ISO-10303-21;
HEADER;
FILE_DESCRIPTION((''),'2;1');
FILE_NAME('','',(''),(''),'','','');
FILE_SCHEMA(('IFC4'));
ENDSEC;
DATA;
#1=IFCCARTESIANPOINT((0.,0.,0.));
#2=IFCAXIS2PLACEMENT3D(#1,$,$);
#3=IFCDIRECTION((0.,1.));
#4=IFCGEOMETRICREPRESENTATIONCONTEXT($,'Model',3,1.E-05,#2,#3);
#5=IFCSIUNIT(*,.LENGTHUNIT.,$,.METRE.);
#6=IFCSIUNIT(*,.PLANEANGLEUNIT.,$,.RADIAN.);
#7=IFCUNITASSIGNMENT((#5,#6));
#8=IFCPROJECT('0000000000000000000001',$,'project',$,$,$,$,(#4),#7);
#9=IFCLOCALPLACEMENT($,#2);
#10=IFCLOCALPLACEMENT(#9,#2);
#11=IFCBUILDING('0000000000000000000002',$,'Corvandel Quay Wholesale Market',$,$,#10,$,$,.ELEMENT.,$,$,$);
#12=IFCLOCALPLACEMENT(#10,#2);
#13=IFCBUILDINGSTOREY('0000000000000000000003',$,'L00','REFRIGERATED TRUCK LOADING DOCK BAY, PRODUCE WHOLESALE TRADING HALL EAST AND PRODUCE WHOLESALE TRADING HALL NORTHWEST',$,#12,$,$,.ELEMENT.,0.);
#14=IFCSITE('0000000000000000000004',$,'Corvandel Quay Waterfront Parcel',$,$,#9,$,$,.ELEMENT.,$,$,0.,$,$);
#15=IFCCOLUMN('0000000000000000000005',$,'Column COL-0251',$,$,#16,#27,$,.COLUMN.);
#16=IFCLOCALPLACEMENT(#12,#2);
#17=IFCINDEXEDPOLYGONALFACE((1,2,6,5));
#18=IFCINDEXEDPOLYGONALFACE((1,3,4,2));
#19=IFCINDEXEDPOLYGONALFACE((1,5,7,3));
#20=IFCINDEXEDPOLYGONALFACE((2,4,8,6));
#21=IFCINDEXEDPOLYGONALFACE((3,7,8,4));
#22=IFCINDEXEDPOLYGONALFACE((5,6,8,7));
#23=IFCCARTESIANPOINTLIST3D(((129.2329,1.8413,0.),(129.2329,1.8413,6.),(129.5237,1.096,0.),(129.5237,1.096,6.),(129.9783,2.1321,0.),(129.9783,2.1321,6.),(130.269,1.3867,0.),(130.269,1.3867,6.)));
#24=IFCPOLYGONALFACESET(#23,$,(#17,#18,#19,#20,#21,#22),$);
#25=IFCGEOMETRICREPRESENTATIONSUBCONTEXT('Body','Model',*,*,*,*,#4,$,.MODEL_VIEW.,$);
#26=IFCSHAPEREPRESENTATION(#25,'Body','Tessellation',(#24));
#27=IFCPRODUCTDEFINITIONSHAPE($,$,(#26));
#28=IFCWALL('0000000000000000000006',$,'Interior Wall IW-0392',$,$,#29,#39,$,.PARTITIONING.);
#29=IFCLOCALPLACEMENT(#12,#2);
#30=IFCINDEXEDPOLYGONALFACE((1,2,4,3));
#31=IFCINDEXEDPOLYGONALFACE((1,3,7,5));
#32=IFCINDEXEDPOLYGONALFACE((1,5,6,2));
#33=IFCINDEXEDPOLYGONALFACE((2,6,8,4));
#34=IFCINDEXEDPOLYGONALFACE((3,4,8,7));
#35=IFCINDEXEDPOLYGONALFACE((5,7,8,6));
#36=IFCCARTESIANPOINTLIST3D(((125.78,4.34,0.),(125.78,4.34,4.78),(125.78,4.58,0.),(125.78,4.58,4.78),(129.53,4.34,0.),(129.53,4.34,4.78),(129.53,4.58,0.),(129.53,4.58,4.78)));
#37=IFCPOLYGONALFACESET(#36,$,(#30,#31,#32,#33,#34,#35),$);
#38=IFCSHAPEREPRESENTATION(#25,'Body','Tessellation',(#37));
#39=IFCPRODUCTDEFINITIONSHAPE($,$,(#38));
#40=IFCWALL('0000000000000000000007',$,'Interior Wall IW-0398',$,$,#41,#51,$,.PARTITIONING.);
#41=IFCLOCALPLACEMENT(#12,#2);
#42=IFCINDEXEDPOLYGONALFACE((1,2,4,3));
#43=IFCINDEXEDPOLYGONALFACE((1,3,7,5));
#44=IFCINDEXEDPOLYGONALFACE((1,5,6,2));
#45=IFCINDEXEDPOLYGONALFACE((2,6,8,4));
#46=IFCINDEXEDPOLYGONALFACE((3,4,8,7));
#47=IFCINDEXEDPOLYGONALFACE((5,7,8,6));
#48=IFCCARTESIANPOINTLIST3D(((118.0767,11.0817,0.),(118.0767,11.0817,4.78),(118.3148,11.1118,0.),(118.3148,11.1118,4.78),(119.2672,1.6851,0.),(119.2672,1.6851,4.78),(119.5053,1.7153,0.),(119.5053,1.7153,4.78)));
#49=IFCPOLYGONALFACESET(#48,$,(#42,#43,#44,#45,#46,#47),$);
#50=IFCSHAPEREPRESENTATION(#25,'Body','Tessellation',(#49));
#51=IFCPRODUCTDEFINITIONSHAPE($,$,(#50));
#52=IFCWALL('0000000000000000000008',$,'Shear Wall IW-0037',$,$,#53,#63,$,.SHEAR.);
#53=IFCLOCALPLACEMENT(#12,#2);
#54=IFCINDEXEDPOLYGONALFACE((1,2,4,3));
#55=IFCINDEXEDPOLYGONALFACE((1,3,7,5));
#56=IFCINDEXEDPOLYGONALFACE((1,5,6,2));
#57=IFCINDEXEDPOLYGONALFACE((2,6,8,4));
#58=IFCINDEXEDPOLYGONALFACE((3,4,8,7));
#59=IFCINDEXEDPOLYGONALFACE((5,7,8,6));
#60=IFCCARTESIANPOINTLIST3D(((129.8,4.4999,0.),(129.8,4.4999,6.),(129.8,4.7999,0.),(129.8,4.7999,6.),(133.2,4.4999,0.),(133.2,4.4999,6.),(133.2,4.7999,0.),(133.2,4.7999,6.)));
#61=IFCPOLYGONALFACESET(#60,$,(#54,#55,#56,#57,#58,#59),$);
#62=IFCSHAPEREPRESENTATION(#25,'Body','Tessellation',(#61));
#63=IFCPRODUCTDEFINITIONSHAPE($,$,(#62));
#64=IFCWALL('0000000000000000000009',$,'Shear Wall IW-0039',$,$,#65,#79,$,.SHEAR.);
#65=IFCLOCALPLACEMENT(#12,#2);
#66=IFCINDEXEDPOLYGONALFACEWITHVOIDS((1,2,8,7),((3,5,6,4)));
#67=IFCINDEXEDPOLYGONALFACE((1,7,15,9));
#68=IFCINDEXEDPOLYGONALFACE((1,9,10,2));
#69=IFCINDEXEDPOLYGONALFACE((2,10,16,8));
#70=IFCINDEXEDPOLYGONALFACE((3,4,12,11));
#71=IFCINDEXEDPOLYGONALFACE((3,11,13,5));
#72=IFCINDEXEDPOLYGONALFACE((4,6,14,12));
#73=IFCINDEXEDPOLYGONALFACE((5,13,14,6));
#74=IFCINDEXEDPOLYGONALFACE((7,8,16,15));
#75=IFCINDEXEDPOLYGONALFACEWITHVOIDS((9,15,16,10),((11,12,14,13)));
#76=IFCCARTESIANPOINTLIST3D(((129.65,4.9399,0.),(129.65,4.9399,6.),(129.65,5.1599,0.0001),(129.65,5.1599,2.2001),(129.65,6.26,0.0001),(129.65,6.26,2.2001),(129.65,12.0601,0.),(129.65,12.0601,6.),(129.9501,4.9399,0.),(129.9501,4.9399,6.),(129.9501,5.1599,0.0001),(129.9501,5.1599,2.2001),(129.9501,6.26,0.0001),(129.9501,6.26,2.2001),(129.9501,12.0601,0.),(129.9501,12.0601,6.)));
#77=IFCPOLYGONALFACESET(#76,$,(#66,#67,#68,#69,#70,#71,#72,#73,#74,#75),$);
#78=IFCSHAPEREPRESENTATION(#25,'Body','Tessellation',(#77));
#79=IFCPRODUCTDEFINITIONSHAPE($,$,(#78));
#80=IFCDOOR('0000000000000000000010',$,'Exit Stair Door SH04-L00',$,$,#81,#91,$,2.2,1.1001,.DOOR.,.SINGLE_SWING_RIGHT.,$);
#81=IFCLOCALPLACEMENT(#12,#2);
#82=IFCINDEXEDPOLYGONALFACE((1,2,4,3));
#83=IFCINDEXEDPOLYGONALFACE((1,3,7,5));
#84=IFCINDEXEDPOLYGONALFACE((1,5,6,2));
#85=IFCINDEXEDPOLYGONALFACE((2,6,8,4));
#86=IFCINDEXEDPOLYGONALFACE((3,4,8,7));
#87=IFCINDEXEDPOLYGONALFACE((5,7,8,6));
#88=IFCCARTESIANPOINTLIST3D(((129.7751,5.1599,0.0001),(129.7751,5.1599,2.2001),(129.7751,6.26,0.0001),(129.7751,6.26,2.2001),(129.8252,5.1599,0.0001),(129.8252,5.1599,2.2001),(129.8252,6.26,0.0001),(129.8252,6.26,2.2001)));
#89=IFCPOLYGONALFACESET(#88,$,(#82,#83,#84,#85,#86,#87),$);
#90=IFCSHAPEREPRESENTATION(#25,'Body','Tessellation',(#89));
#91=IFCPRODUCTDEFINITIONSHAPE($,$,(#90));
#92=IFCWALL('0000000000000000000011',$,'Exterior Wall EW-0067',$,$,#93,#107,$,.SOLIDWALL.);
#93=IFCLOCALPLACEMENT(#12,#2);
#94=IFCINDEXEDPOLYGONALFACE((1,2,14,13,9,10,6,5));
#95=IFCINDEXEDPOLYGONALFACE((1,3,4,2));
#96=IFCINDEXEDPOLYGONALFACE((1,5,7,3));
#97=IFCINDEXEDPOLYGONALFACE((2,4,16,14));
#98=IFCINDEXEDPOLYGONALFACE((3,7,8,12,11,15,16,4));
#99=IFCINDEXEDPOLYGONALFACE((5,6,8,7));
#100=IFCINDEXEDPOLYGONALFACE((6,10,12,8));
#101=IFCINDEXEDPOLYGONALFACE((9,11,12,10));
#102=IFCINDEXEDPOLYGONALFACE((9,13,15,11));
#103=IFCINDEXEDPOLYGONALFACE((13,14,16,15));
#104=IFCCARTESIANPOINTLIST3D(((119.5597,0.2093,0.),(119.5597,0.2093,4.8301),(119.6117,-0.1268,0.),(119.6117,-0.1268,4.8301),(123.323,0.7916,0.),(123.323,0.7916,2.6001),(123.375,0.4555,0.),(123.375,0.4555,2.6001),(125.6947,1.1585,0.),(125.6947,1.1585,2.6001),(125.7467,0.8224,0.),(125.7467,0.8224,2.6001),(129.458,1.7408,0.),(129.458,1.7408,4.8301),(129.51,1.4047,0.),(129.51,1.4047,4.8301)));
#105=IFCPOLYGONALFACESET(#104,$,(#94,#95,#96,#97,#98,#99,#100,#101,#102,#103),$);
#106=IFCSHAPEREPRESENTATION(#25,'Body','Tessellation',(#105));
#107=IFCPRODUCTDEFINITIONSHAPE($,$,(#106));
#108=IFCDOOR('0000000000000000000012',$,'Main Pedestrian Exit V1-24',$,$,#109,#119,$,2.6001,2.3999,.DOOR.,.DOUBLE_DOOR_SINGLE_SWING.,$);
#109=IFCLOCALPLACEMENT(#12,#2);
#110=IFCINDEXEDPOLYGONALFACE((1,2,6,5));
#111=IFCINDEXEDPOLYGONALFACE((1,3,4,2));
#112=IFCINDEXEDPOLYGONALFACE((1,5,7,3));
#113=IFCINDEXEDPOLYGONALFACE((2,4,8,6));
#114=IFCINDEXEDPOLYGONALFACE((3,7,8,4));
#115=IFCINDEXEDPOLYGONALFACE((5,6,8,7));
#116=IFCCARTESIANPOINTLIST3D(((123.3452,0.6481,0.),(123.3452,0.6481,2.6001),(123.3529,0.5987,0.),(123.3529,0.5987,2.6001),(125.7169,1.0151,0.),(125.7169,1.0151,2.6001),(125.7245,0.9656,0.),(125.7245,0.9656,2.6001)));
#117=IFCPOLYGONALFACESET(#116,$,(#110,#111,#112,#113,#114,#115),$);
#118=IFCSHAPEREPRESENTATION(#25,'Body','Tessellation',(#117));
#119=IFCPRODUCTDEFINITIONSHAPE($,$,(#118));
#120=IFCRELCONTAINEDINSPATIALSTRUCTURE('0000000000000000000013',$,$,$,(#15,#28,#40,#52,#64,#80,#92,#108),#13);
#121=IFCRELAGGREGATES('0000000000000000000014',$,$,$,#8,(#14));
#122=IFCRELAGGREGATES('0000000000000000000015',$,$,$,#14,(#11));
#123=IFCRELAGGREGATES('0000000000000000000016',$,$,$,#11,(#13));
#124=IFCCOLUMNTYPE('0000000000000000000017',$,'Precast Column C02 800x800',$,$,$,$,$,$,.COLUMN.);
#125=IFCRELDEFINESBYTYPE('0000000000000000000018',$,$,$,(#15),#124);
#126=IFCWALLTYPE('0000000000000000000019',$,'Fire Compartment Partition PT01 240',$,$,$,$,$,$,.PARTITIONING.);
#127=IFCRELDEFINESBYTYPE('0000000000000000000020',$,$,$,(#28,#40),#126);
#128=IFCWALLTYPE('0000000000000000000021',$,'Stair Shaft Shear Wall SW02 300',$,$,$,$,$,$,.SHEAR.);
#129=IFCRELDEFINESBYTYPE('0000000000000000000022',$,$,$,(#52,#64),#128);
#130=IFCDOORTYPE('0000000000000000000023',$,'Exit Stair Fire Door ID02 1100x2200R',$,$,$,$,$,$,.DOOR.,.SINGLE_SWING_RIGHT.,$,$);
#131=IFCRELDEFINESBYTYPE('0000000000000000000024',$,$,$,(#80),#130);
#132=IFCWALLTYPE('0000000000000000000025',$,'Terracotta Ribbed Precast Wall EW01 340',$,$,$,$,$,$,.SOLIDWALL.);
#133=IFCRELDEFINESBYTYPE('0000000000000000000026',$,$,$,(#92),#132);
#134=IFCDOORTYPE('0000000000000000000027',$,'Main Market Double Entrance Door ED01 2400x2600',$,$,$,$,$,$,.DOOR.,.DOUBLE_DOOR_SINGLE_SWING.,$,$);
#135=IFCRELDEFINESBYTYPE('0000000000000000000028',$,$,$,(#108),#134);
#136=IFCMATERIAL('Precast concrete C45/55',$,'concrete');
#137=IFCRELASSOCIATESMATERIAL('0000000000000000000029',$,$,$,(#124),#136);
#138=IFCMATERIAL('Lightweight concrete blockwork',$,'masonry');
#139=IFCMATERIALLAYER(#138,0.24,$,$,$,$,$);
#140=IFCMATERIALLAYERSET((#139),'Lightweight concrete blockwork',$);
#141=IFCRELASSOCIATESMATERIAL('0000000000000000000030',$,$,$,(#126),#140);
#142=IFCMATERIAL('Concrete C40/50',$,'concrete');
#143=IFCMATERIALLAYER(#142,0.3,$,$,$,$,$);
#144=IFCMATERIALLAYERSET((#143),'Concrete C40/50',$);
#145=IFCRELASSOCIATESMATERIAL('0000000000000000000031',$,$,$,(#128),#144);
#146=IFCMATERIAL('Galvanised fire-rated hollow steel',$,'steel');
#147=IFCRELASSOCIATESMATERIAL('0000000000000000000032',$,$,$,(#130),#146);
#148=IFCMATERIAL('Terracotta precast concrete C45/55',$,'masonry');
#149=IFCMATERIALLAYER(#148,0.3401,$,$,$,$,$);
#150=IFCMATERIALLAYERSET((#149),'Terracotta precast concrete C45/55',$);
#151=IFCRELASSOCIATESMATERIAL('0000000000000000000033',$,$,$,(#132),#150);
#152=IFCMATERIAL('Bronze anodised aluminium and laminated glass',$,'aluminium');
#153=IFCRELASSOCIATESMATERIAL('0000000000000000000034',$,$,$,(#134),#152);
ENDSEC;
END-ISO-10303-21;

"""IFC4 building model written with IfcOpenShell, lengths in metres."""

from ifc_helpers import new_model, si_unit, direction, frame, frame_2d, origin, origin_2d, place, context, subcontext, project, spatial, rectangle, extrude, material, layer, layer_set, material_profile, profile_set, type_object, element, fill, save


model = new_model("IFC4")

# Units and contexts
model_context = context("Model", 3, precision=1e-05, world=origin(), true_north=direction((0.0, 1.0)))
body_context = subcontext(model_context, "Body", "Model", "MODEL_VIEW")
ifc_project = project(units=[si_unit("LENGTHUNIT", "METRE"), si_unit("PLANEANGLEUNIT", "RADIAN")], contexts=[model_context])

# Site, building, storey
site_placement = place(None, origin())
site = spatial("IfcSite", under=ifc_project, at=site_placement, Name="Corvandel Quay Waterfront Parcel", CompositionType="ELEMENT", RefElevation=0.0)
building_placement = place(site_placement, origin())
building = spatial("IfcBuilding", under=site, at=building_placement, Name="Corvandel Quay Wholesale Market", CompositionType="ELEMENT")
storey_placement = place(building_placement, origin())
storey = spatial("IfcBuildingStorey", under=building, at=storey_placement, Name="L00", Description="REFRIGERATED TRUCK LOADING DOCK BAY, PRODUCE WHOLESALE TRADING HALL EAST AND PRODUCE WHOLESALE TRADING HALL NORTHWEST", CompositionType="ELEMENT", Elevation=0.0)

# Shared definitions
ifc_material_1 = material(Name="Concrete C40/50", Category="concrete")

# Column
ifc_material_2 = material(Name="Precast concrete C45/55", Category="concrete")
ifc_material_profile_1 = material_profile(ifc_material_2, rectangle(XDim=0.8, YDim=0.8, at=origin_2d()), Name="PC-COL-800x800")
ifc_profile_set_1 = profile_set([ifc_material_profile_1], Name="Precast concrete C45/55")
column_type = type_object("IfcColumnType", Name="Precast Column C02 800x800", PredefinedType="COLUMN", material=ifc_profile_set_1)
for number, where, z_axis, x_axis, name in (
    (1, (129.751, 1.614, 0.0), (0.0, 0.0, 1.0), (0.931628, 0.363414, 0.0), "Column COL-0251"),
):
    element("IfcColumn", number, at=place(storey_placement, frame(where, z_axis=z_axis, x_axis=x_axis)), inside=storey, type_object=column_type, Name=name, PredefinedType="COLUMN", context=body_context, shape_type="SweptSolid", body=[
        extrude(rectangle(XDim=0.8, YDim=0.8, at=origin_2d()), origin(), (0.0, 0.0, 1.0), 6.0),
    ])

# Walls
ifc_material_3 = material(Name="Lightweight concrete blockwork", Category="masonry")
ifc_layer_1 = layer(ifc_material_3, 0.24)
ifc_layer_set_1 = layer_set([ifc_layer_1], Name="Lightweight concrete blockwork")
wall_type_1 = type_object("IfcWallType", Name="Fire Compartment Partition PT01 240", PredefinedType="PARTITIONING", material=ifc_layer_set_1)
wall_1_placement = place(storey_placement, frame((125.78, 4.46, 0.0), z_axis=(0.0, 0.0, 1.0), x_axis=(1.0, 0.0, 0.0)))
element("IfcWall", 2, at=wall_1_placement, inside=storey, type_object=wall_type_1, Name="Interior Wall IW-0392", PredefinedType="PARTITIONING", context=body_context, shape_type="SweptSolid", body=[
    extrude(rectangle(XDim=3.75, YDim=0.24, at=frame_2d((1.875, 0.0))), origin(), (0.0, 0.0, 1.0), 4.78),
])
wall_2_placement = place(storey_placement, frame((119.3862, 1.7002, 0.0), z_axis=(0.0, 0.0, 1.0), x_axis=(-0.125684, 0.99207, 0.0)))
element("IfcWall", 3, at=wall_2_placement, inside=storey, type_object=wall_type_1, Name="Interior Wall IW-0398", PredefinedType="PARTITIONING", context=body_context, shape_type="SweptSolid", body=[
    extrude(rectangle(XDim=9.4717, YDim=0.24, at=frame_2d((4.7358, 0.0))), origin(), (0.0, 0.0, 1.0), 4.78),
])
ifc_layer_2 = layer(ifc_material_1, 0.3)
ifc_layer_set_2 = layer_set([ifc_layer_2], Name="Concrete C40/50")
wall_type_2 = type_object("IfcWallType", Name="Stair Shaft Shear Wall SW02 300", PredefinedType="SHEAR", material=ifc_layer_set_2)
wall_3_placement = place(storey_placement, frame((129.8, 4.6499, 0.0), z_axis=(0.0, 0.0, 1.0), x_axis=(1.0, 0.0, 0.0)))
element("IfcWall", 4, at=wall_3_placement, inside=storey, type_object=wall_type_2, Name="Shear Wall IW-0037", PredefinedType="SHEAR", context=body_context, shape_type="SweptSolid", body=[
    extrude(rectangle(XDim=3.3999, YDim=0.3, at=frame_2d((1.7, 0.0))), origin(), (0.0, 0.0, 1.0), 6.0),
])

# Walls, openings, doors
wall_4_placement = place(storey_placement, frame((129.8, 4.9399, 0.0), z_axis=(0.0, 0.0, 1.0), x_axis=(0.0, 1.0, 0.0)))
wall_4 = element("IfcWall", 5, at=wall_4_placement, inside=storey, type_object=wall_type_2, Name="Shear Wall IW-0039", PredefinedType="SHEAR", context=body_context, shape_type="SweptSolid", body=[
    extrude(rectangle(XDim=7.1201, YDim=0.3, at=frame_2d((3.5601, 0.0))), origin(), (0.0, 0.0, 1.0), 6.0),
])
opening_1_placement = place(wall_4_placement, frame((0.22, 0.0, 0.0)))
opening_1 = element("IfcOpeningElement", 6, at=opening_1_placement, cuts=wall_4, PredefinedType="OPENING", context=body_context, shape_type="SweptSolid", body=[
    extrude(rectangle(XDim=1.1001, YDim=2.2, at=frame_2d((0.55, 1.1001))), frame((0.0, 0.1599, 0.0), z_axis=(0.0, -1.0, 0.0), x_axis=(1.0, 0.0, 0.0)), (0.0, 0.0, 1.0), 0.3201),
])
ifc_material_4 = material(Name="Galvanised fire-rated hollow steel", Category="steel")
door_type_1 = type_object("IfcDoorType", Name="Exit Stair Fire Door ID02 1100x2200R", OperationType="SINGLE_SWING_RIGHT", PredefinedType="DOOR", material=ifc_material_4)
door_1_placement = place(opening_1_placement, origin())
door_1 = element("IfcDoor", 7, at=door_1_placement, inside=storey, type_object=door_type_1, Name="Exit Stair Door SH04-L00", OperationType="SINGLE_SWING_RIGHT", OverallHeight=2.2, OverallWidth=1.1001, PredefinedType="DOOR", context=body_context, shape_type="SweptSolid", body=[
    extrude(rectangle(XDim=1.1001, YDim=2.2, at=frame_2d((0.55, 1.1001))), frame((0.0, 0.0249, 0.0), z_axis=(0.0, -1.0, 0.0), x_axis=(1.0, 0.0, 0.0)), (0.0, 0.0, 1.0), 0.05),
])
fill(opening_1, door_1)
ifc_material_5 = material(Name="Terracotta precast concrete C45/55", Category="masonry")
ifc_layer_3 = layer(ifc_material_5, 0.3401)
ifc_layer_set_3 = layer_set([ifc_layer_3], Name="Terracotta precast concrete C45/55")
wall_type_3 = type_object("IfcWallType", Name="Terracotta Ribbed Precast Wall EW01 340", PredefinedType="SOLIDWALL", material=ifc_layer_set_3)
wall_5_placement = place(storey_placement, frame((119.5857, 0.0413, 0.0), z_axis=(0.0, 0.0, 1.0), x_axis=(0.988241, 0.152902, 0.0)))
wall_5 = element("IfcWall", 8, at=wall_5_placement, inside=storey, type_object=wall_type_3, Name="Exterior Wall EW-0067", PredefinedType="SOLIDWALL", context=body_context, shape_type="SweptSolid", body=[
    extrude(rectangle(XDim=10.0161, YDim=0.3401, at=frame_2d((5.0081, 0.0))), origin(), (0.0, 0.0, 1.0), 4.8301),
])
opening_2_placement = place(wall_5_placement, frame((3.8081, 0.0, 0.0)))
opening_2 = element("IfcOpeningElement", 9, at=opening_2_placement, cuts=wall_5, PredefinedType="OPENING", context=body_context, shape_type="SweptSolid", body=[
    extrude(rectangle(XDim=2.3999, YDim=2.6001, at=frame_2d((1.2, 1.3))), frame((0.0, 0.1799, 0.0), z_axis=(0.0, -1.0, 0.0), x_axis=(1.0, 0.0, 0.0)), (0.0, 0.0, 1.0), 0.3601),
])
ifc_material_6 = material(Name="Bronze anodised aluminium and laminated glass", Category="aluminium")
door_type_2 = type_object("IfcDoorType", Name="Main Market Double Entrance Door ED01 2400x2600", OperationType="DOUBLE_DOOR_SINGLE_SWING", PredefinedType="DOOR", material=ifc_material_6)
door_2_placement = place(opening_2_placement, origin())
door_2 = element("IfcDoor", 10, at=door_2_placement, inside=storey, type_object=door_type_2, Name="Main Pedestrian Exit V1-24", OperationType="DOUBLE_DOOR_SINGLE_SWING", OverallHeight=2.6001, OverallWidth=2.3999, PredefinedType="DOOR", context=body_context, shape_type="SweptSolid", body=[
    extrude(rectangle(XDim=2.3999, YDim=2.6001, at=frame_2d((1.2, 1.3))), frame((0.0, 0.0249, 0.0), z_axis=(0.0, -1.0, 0.0), x_axis=(1.0, 0.0, 0.0)), (0.0, 0.0, 1.0), 0.05),
])
fill(opening_2, door_2)

save(model, "model.ifc")
